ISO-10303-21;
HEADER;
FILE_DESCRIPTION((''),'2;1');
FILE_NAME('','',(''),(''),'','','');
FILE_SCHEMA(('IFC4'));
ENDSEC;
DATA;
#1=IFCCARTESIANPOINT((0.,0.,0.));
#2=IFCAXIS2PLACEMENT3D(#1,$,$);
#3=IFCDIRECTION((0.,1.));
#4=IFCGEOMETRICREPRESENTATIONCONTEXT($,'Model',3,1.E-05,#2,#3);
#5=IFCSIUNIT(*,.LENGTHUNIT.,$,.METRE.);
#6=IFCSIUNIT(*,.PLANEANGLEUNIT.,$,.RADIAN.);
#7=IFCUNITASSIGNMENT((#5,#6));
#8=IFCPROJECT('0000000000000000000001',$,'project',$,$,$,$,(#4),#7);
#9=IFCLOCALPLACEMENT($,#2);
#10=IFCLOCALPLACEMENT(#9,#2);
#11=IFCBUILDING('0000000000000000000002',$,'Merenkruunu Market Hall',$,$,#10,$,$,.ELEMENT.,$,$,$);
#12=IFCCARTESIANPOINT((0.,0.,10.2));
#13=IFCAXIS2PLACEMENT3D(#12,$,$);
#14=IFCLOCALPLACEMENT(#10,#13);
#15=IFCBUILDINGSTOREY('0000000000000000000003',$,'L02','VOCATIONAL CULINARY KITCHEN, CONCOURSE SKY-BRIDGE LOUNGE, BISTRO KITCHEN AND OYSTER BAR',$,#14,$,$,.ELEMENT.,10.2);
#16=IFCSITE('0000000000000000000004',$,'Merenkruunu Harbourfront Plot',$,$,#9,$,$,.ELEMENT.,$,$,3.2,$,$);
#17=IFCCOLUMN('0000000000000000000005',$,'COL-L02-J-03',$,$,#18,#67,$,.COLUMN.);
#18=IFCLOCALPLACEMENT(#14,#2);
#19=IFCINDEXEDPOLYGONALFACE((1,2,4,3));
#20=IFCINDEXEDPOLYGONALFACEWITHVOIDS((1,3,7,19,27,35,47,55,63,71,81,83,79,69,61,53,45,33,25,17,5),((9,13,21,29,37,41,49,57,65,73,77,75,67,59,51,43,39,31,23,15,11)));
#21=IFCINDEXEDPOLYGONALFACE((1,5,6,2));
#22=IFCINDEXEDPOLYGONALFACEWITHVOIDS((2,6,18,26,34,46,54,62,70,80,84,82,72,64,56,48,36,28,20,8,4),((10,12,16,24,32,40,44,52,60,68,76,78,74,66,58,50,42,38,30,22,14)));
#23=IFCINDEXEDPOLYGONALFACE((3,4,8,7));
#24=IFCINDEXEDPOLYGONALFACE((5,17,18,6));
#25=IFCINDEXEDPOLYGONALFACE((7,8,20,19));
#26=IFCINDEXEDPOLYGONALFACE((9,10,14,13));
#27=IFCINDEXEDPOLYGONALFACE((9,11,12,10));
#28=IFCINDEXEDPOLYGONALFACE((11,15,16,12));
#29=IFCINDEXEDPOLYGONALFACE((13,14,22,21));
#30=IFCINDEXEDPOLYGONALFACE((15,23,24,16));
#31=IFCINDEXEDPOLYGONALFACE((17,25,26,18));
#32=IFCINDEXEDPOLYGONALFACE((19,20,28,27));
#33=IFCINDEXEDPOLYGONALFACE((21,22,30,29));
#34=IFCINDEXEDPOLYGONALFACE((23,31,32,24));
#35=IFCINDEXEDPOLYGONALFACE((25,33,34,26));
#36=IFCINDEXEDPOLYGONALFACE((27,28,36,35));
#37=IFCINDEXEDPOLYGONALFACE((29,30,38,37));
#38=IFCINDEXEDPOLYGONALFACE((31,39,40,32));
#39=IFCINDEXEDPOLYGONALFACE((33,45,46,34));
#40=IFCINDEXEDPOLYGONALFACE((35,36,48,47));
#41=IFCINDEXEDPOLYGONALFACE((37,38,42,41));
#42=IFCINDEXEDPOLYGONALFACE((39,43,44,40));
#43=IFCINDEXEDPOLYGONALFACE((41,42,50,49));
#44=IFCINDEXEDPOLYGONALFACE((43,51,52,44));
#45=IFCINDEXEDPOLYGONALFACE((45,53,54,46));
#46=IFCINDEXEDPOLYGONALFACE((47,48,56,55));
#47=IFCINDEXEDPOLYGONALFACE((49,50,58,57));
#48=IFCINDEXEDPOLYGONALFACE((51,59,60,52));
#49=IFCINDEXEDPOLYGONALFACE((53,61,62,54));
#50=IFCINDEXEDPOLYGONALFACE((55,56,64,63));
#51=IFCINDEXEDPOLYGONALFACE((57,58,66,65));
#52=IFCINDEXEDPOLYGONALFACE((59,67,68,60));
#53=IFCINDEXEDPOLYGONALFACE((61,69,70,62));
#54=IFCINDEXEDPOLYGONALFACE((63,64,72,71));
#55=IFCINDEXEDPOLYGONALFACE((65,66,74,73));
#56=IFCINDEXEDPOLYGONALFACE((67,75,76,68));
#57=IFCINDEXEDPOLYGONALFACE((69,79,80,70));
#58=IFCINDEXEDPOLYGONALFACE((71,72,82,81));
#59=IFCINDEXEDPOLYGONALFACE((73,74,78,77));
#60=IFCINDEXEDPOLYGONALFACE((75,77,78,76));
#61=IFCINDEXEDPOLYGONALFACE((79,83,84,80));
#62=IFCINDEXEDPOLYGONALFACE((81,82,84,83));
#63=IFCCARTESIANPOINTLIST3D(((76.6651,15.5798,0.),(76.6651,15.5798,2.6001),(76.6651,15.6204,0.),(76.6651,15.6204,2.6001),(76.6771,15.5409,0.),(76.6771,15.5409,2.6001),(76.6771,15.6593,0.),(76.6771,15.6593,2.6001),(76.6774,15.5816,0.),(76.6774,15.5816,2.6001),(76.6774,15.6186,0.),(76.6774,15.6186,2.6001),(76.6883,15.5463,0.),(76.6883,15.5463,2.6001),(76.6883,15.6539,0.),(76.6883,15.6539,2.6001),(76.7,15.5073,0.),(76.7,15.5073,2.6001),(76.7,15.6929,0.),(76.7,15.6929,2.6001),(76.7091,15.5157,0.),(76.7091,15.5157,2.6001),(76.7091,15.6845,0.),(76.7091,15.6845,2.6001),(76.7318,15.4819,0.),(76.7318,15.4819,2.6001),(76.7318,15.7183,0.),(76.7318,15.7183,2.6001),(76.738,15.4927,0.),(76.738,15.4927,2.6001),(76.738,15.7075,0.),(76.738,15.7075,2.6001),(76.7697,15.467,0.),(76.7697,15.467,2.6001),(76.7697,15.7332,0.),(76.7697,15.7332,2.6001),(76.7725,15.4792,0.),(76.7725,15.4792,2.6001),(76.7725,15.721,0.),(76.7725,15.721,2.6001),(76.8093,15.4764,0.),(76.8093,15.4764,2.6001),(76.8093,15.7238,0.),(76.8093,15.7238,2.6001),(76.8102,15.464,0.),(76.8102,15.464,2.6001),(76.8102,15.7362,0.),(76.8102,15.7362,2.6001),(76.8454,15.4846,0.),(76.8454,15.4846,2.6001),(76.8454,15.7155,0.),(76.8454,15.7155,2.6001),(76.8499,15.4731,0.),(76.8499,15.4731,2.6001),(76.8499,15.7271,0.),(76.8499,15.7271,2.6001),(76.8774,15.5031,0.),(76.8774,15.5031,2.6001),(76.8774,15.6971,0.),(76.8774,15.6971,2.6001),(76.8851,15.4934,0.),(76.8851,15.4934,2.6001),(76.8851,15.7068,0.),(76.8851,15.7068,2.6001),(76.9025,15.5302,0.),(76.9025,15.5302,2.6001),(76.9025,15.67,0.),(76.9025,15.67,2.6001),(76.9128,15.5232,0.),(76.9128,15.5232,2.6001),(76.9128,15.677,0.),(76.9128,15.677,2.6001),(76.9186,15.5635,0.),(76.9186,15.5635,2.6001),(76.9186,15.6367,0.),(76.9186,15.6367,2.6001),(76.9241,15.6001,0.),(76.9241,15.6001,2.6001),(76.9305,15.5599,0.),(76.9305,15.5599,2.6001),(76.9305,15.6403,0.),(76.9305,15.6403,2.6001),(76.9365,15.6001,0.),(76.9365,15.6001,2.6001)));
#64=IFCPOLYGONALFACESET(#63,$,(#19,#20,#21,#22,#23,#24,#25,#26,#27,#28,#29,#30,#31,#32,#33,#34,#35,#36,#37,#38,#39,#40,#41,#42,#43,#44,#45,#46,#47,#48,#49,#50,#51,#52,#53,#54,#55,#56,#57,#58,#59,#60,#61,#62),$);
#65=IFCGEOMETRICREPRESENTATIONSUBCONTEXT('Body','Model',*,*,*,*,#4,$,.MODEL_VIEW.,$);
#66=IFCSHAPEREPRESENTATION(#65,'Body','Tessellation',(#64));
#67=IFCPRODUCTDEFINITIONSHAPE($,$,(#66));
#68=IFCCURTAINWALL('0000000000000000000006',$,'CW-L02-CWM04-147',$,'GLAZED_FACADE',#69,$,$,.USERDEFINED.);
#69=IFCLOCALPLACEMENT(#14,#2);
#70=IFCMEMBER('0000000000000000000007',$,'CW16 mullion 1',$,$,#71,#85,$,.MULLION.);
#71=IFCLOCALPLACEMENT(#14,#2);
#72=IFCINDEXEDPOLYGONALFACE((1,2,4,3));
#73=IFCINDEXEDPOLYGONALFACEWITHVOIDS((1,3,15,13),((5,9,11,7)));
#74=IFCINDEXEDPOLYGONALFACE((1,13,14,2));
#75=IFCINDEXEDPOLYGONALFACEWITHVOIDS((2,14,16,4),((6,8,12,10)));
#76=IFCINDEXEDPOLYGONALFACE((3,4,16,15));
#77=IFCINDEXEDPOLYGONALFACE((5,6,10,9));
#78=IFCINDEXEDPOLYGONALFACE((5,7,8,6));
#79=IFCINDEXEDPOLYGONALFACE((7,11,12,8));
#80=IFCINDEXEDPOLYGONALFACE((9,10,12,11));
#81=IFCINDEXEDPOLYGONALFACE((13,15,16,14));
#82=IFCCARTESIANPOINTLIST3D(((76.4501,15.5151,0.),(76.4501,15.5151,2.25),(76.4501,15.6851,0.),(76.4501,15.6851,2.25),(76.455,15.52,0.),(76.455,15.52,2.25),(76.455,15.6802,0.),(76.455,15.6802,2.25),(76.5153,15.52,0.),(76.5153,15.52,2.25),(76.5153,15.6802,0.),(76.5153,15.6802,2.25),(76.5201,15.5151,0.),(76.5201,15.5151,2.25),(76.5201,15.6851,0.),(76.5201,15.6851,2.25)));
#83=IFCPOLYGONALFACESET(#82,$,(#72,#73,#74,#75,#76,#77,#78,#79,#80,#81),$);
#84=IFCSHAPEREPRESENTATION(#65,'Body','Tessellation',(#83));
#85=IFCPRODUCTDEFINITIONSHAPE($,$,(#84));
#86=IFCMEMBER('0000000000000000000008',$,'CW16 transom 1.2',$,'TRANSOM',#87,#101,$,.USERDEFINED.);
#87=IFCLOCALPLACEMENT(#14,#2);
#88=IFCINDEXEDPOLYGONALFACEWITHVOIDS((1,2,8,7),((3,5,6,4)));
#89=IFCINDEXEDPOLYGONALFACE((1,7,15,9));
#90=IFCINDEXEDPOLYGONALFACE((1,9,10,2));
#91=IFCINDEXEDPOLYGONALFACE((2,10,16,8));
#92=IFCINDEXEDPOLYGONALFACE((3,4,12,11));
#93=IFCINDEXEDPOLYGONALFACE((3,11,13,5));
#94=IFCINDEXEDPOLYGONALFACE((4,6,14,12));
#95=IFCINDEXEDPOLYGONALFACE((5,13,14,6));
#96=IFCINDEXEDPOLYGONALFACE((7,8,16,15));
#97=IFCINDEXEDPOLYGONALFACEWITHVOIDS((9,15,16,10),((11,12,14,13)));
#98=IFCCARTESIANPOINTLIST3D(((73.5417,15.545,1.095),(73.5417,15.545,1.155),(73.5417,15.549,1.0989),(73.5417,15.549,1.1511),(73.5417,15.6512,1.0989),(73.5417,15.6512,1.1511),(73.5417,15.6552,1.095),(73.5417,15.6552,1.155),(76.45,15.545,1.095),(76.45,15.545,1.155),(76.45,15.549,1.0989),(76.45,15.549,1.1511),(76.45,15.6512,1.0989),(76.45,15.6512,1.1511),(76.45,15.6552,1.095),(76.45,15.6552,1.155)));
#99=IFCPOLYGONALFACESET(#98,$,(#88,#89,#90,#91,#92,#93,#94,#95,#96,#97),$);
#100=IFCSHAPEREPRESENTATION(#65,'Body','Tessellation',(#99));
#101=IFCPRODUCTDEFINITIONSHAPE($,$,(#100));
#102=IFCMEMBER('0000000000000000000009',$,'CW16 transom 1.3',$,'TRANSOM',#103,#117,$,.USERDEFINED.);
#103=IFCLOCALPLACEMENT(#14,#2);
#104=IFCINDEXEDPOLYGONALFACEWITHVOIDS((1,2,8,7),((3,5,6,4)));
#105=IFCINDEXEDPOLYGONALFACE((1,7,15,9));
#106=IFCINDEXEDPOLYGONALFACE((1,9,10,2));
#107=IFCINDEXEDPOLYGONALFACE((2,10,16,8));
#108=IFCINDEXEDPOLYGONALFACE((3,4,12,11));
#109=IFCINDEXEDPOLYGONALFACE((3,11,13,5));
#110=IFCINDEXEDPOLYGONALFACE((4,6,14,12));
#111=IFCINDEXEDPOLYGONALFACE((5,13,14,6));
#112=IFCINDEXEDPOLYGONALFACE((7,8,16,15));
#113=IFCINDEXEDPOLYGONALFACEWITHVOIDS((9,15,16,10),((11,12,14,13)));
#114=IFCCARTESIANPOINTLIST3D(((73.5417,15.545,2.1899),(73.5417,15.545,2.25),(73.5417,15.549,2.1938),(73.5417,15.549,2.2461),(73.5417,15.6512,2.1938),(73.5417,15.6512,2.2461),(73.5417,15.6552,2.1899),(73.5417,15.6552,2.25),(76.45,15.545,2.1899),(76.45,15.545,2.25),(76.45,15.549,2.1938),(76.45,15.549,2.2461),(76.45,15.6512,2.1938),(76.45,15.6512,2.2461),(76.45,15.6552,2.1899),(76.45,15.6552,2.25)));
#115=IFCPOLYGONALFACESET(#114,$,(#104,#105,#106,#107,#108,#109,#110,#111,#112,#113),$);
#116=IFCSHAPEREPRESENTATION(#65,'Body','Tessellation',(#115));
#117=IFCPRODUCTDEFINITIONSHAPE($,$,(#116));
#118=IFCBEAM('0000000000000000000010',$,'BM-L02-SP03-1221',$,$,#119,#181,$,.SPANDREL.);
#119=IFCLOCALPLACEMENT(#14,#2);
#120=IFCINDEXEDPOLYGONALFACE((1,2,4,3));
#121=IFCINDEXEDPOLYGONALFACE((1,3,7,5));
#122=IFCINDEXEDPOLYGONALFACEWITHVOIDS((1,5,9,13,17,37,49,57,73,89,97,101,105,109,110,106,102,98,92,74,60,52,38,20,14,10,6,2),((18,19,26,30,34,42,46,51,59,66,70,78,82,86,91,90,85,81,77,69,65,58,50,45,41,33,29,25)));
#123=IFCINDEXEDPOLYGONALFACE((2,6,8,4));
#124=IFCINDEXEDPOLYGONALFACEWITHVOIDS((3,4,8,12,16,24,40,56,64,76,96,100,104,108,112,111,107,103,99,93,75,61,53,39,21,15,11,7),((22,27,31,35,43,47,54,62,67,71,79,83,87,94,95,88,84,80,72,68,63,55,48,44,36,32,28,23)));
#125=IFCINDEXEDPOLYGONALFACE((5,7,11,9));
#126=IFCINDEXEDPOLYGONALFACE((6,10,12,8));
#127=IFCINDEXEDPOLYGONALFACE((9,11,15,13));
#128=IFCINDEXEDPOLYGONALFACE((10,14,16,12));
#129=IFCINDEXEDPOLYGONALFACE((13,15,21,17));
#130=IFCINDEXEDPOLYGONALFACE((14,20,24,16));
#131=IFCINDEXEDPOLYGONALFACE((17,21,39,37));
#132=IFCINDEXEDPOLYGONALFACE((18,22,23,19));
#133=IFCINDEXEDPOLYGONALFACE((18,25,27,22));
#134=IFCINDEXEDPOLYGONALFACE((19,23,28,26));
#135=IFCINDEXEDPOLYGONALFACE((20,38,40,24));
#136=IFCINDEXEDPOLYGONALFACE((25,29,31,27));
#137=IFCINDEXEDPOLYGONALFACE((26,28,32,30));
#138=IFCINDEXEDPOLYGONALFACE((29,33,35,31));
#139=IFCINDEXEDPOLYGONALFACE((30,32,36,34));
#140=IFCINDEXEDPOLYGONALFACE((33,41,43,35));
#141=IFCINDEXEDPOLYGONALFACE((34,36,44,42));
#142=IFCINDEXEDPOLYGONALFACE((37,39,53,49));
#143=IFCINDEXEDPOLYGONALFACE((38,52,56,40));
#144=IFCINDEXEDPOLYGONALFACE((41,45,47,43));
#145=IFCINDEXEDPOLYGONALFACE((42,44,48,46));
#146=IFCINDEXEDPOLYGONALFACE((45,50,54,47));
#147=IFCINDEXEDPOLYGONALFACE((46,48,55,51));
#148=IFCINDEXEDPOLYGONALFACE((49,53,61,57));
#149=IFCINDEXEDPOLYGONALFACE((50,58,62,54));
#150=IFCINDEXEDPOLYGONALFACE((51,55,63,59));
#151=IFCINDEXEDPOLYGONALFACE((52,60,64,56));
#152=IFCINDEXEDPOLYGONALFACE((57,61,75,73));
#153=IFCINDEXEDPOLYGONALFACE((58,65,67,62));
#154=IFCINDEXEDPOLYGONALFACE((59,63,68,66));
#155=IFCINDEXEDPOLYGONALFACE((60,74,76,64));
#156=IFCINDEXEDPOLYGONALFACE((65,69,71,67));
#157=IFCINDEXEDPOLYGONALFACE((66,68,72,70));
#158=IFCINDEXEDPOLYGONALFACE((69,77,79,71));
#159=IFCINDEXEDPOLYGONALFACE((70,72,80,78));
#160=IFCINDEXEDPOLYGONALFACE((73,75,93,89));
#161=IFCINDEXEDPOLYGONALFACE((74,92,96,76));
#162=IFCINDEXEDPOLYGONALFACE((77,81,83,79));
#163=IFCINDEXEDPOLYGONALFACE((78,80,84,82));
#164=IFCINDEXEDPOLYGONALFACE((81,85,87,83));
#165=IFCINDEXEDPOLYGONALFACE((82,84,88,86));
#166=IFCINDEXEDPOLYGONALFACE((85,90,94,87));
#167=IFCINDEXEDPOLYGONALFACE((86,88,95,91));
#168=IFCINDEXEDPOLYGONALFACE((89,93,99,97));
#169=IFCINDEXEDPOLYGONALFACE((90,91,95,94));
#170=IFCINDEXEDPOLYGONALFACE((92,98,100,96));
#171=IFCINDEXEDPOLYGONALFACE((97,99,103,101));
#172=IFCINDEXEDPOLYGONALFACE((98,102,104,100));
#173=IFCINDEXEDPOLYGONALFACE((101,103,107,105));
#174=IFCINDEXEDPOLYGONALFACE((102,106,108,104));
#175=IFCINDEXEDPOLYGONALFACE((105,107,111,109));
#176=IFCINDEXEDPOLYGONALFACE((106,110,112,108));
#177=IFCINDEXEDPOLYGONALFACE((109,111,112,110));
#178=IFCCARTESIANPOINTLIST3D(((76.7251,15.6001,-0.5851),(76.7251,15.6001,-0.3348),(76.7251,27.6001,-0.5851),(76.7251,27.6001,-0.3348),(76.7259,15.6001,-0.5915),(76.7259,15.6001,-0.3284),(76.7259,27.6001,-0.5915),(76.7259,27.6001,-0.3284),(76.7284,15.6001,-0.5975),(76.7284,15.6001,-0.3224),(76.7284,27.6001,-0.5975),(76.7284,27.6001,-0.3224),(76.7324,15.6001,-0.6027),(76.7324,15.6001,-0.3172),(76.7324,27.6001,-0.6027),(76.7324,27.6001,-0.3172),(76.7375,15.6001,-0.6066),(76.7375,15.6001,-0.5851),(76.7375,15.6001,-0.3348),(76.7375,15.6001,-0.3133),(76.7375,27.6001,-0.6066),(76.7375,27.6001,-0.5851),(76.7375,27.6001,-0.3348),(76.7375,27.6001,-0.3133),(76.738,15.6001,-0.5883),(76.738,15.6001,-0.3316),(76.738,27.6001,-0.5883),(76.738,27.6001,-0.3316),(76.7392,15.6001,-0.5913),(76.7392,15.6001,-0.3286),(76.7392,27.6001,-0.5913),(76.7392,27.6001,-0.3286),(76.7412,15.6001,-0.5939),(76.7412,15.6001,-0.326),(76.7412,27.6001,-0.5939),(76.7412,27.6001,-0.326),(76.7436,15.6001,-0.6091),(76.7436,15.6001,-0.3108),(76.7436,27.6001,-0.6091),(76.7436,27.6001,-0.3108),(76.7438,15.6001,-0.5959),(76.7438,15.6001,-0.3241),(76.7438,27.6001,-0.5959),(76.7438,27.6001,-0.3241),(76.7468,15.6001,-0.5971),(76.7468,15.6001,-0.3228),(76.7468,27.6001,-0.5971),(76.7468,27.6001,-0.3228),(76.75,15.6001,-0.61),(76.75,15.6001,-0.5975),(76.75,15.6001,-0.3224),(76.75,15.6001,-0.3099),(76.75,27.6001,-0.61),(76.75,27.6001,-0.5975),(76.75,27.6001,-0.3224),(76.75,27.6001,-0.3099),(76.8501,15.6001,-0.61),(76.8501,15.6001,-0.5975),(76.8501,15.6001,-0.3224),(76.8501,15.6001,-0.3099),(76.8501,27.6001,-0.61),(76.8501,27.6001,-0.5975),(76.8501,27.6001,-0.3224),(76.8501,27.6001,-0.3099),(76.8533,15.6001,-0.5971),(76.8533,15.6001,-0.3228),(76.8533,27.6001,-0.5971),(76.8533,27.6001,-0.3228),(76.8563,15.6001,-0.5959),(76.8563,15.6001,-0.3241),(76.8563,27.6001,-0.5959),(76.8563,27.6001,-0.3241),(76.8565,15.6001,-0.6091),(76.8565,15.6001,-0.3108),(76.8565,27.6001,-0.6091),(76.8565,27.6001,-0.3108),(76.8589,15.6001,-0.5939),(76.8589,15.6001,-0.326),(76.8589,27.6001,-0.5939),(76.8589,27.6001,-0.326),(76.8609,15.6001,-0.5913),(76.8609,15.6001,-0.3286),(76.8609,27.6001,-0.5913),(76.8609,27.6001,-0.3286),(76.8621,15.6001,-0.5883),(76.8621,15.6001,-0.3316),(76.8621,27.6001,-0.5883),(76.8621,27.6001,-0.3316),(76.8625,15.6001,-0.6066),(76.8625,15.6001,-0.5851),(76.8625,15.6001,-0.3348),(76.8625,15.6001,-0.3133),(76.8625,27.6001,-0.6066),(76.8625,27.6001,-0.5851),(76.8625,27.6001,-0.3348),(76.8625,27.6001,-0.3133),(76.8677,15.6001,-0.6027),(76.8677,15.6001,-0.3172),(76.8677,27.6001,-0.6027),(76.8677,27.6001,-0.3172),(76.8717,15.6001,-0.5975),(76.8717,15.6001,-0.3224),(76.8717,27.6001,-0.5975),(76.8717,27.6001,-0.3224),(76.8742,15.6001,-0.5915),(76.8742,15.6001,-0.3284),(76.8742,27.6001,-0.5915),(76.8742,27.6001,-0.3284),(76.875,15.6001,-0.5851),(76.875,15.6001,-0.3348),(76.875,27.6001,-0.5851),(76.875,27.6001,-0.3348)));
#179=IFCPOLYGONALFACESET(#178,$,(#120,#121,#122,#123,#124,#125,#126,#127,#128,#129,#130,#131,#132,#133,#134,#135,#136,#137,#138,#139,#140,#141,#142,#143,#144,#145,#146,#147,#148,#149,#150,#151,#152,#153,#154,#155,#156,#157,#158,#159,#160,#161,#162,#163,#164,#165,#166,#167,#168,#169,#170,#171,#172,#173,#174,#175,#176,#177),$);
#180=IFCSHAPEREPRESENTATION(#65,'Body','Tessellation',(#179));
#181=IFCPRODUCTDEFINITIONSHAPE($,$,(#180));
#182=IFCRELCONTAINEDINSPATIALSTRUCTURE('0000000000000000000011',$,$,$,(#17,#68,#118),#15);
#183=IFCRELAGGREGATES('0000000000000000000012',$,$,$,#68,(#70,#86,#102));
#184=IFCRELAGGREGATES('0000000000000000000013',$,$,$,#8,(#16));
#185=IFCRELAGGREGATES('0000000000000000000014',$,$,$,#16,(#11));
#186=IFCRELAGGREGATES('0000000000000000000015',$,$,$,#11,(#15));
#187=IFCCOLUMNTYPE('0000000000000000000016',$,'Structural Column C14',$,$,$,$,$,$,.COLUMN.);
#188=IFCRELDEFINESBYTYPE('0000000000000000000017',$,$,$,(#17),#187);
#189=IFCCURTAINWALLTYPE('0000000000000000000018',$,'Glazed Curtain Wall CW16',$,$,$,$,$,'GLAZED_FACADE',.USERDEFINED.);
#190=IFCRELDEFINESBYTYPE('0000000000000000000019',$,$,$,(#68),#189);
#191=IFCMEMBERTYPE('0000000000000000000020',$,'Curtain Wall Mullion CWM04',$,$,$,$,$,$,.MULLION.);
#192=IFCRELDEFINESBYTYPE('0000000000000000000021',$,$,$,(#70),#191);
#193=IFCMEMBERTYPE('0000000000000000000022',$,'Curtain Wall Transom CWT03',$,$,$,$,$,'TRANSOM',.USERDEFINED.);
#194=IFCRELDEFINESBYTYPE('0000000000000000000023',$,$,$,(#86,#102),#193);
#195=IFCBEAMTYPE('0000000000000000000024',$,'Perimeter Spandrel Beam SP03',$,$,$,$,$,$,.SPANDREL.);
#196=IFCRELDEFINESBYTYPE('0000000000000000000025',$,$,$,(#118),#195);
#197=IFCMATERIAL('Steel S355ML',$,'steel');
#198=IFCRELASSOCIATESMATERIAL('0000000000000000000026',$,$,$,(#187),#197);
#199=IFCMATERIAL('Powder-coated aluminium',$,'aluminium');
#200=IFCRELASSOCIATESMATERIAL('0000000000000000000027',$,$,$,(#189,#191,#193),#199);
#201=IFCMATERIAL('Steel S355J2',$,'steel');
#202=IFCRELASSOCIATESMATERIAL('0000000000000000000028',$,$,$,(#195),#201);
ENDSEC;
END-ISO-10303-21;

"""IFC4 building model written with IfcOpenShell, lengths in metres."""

from ifc_helpers import new_model, si_unit, direction, frame, origin, origin_2d, place, context, subcontext, project, spatial, hollow_rectangle, hollow_circle, extrude, material, material_profile, profile_set, type_object, element, aggregate, save


model = new_model("IFC4")

# Units and contexts
model_context = context("Model", 3, precision=1e-05, world=origin(), true_north=direction((0.0, 1.0)))
body_context = subcontext(model_context, "Body", "Model", "MODEL_VIEW")
ifc_project = project(units=[si_unit("LENGTHUNIT", "METRE"), si_unit("PLANEANGLEUNIT", "RADIAN")], contexts=[model_context])

# Site, building, storey
site_placement = place(None, origin())
site = spatial("IfcSite", under=ifc_project, at=site_placement, Name="Merenkruunu Harbourfront Plot", CompositionType="ELEMENT", RefElevation=3.2)
building_placement = place(site_placement, origin())
building = spatial("IfcBuilding", under=site, at=building_placement, Name="Merenkruunu Market Hall", CompositionType="ELEMENT")
storey_placement = place(building_placement, frame((0.0, 0.0, 10.2)))
storey = spatial("IfcBuildingStorey", under=building, at=storey_placement, Name="L02", Description="VOCATIONAL CULINARY KITCHEN, CONCOURSE SKY-BRIDGE LOUNGE, BISTRO KITCHEN AND OYSTER BAR", CompositionType="ELEMENT", Elevation=10.2)

# Column
ifc_material_1 = material(Name="Steel S355ML", Category="steel")
ifc_material_profile_1 = material_profile(ifc_material_1, hollow_circle(Radius=0.1365, WallThickness=0.0125, at=origin_2d()), Name="CHS 273x12.5")
ifc_profile_set_1 = profile_set([ifc_material_profile_1], Name="Steel S355ML")
column_type = type_object("IfcColumnType", Name="Structural Column C14", PredefinedType="COLUMN", material=ifc_profile_set_1)
column_placement = place(storey_placement, frame((76.8, 15.6001, 0.0), z_axis=(0.0, 0.0, 1.0), x_axis=(1.0, 0.0, 0.0)))
element("IfcColumn", 1, at=column_placement, inside=storey, type_object=column_type, Name="COL-L02-J-03", PredefinedType="COLUMN", context=body_context, shape_type="SweptSolid", body=[
    extrude(hollow_circle(Radius=0.1365, WallThickness=0.0125, at=origin_2d()), origin(), (0.0, 0.0, 1.0), 2.6001),
])

# Curtain wall, members
ifc_material_2 = material(Name="Powder-coated aluminium", Category="aluminium")
curtain_wall_type = type_object("IfcCurtainWallType", Name="Glazed Curtain Wall CW16", ElementType="GLAZED_FACADE", PredefinedType="USERDEFINED", material=ifc_material_2)
curtain_wall_placement = place(storey_placement, origin())
curtain_wall = element("IfcCurtainWall", 2, at=curtain_wall_placement, inside=storey, type_object=curtain_wall_type, Name="CW-L02-CWM04-147", ObjectType="GLAZED_FACADE", PredefinedType="USERDEFINED")
ifc_material_profile_2 = material_profile(ifc_material_2, hollow_rectangle(XDim=0.0701, YDim=0.1699, WallThickness=0.0049, at=origin_2d()), Name="ALU 70x170x5")
ifc_profile_set_2 = profile_set([ifc_material_profile_2], Name="Powder-coated aluminium")
member_type_1 = type_object("IfcMemberType", Name="Curtain Wall Mullion CWM04", PredefinedType="MULLION", material=ifc_profile_set_2)
member_1_placement = place(storey_placement, frame((76.4851, 15.6001, 0.0), z_axis=(0.0, 0.0, 1.0), x_axis=(-1.0, 0.0, 0.0)))
member_1 = element("IfcMember", 3, at=member_1_placement, type_object=member_type_1, Name="CW16 mullion 1", PredefinedType="MULLION", context=body_context, shape_type="SweptSolid", body=[
    extrude(hollow_rectangle(XDim=0.0701, YDim=0.1699, WallThickness=0.0049, at=origin_2d()), origin(), (0.0, 0.0, 1.0), 2.25),
])
ifc_material_profile_3 = material_profile(ifc_material_2, hollow_rectangle(XDim=0.0601, YDim=0.1101, WallThickness=0.0039, at=origin_2d()), Name="ALU 60x110x4")
ifc_profile_set_3 = profile_set([ifc_material_profile_3], Name="Powder-coated aluminium")
member_type_2 = type_object("IfcMemberType", Name="Curtain Wall Transom CWT03", ElementType="TRANSOM", PredefinedType="USERDEFINED", material=ifc_profile_set_3)
member_2_placement = place(storey_placement, frame((76.45, 15.6001, 1.125), z_axis=(-1.0, 0.0, 0.0), x_axis=(0.0, 0.0, 1.0)))
member_2 = element("IfcMember", 4, at=member_2_placement, type_object=member_type_2, Name="CW16 transom 1.2", ObjectType="TRANSOM", PredefinedType="USERDEFINED", context=body_context, shape_type="SweptSolid", body=[
    extrude(hollow_rectangle(XDim=0.0601, YDim=0.1101, WallThickness=0.0039, at=origin_2d()), origin(), (0.0, 0.0, 1.0), 2.9082),
])
member_3_placement = place(storey_placement, frame((76.45, 15.6001, 2.22), z_axis=(-1.0, 0.0, 0.0), x_axis=(0.0, 0.0, 1.0)))
member_3 = element("IfcMember", 5, at=member_3_placement, type_object=member_type_2, Name="CW16 transom 1.3", ObjectType="TRANSOM", PredefinedType="USERDEFINED", context=body_context, shape_type="SweptSolid", body=[
    extrude(hollow_rectangle(XDim=0.0601, YDim=0.1101, WallThickness=0.0039, at=origin_2d()), origin(), (0.0, 0.0, 1.0), 2.9082),
])
aggregate(curtain_wall, [member_1, member_2, member_3])

# Beam
ifc_material_3 = material(Name="Steel S355J2", Category="steel")
ifc_material_profile_4 = material_profile(ifc_material_3, hollow_rectangle(XDim=0.1499, YDim=0.3, WallThickness=0.0125, InnerFilletRadius=0.0125, OuterFilletRadius=0.0249, at=origin_2d()), Name="RHS 300x150x12.5")
ifc_profile_set_4 = profile_set([ifc_material_profile_4], Name="Steel S355J2")
beam_type_1 = type_object("IfcBeamType", Name="Perimeter Spandrel Beam SP03", PredefinedType="SPANDREL", material=ifc_profile_set_4)
beam_1_placement = place(storey_placement, frame((76.8, 15.6001, -0.46), z_axis=(0.0, 1.0, 0.0), x_axis=(-1.0, 0.0, 0.0)))
element("IfcBeam", 6, at=beam_1_placement, inside=storey, type_object=beam_type_1, Name="BM-L02-SP03-1221", PredefinedType="SPANDREL", context=body_context, shape_type="SweptSolid", body=[
    extrude(hollow_rectangle(XDim=0.1499, YDim=0.3, WallThickness=0.0125, InnerFilletRadius=0.0125, OuterFilletRadius=0.0249, at=origin_2d()), origin(), (0.0, 0.0, 1.0), 12.0),
])

save(model, "model.ifc")
